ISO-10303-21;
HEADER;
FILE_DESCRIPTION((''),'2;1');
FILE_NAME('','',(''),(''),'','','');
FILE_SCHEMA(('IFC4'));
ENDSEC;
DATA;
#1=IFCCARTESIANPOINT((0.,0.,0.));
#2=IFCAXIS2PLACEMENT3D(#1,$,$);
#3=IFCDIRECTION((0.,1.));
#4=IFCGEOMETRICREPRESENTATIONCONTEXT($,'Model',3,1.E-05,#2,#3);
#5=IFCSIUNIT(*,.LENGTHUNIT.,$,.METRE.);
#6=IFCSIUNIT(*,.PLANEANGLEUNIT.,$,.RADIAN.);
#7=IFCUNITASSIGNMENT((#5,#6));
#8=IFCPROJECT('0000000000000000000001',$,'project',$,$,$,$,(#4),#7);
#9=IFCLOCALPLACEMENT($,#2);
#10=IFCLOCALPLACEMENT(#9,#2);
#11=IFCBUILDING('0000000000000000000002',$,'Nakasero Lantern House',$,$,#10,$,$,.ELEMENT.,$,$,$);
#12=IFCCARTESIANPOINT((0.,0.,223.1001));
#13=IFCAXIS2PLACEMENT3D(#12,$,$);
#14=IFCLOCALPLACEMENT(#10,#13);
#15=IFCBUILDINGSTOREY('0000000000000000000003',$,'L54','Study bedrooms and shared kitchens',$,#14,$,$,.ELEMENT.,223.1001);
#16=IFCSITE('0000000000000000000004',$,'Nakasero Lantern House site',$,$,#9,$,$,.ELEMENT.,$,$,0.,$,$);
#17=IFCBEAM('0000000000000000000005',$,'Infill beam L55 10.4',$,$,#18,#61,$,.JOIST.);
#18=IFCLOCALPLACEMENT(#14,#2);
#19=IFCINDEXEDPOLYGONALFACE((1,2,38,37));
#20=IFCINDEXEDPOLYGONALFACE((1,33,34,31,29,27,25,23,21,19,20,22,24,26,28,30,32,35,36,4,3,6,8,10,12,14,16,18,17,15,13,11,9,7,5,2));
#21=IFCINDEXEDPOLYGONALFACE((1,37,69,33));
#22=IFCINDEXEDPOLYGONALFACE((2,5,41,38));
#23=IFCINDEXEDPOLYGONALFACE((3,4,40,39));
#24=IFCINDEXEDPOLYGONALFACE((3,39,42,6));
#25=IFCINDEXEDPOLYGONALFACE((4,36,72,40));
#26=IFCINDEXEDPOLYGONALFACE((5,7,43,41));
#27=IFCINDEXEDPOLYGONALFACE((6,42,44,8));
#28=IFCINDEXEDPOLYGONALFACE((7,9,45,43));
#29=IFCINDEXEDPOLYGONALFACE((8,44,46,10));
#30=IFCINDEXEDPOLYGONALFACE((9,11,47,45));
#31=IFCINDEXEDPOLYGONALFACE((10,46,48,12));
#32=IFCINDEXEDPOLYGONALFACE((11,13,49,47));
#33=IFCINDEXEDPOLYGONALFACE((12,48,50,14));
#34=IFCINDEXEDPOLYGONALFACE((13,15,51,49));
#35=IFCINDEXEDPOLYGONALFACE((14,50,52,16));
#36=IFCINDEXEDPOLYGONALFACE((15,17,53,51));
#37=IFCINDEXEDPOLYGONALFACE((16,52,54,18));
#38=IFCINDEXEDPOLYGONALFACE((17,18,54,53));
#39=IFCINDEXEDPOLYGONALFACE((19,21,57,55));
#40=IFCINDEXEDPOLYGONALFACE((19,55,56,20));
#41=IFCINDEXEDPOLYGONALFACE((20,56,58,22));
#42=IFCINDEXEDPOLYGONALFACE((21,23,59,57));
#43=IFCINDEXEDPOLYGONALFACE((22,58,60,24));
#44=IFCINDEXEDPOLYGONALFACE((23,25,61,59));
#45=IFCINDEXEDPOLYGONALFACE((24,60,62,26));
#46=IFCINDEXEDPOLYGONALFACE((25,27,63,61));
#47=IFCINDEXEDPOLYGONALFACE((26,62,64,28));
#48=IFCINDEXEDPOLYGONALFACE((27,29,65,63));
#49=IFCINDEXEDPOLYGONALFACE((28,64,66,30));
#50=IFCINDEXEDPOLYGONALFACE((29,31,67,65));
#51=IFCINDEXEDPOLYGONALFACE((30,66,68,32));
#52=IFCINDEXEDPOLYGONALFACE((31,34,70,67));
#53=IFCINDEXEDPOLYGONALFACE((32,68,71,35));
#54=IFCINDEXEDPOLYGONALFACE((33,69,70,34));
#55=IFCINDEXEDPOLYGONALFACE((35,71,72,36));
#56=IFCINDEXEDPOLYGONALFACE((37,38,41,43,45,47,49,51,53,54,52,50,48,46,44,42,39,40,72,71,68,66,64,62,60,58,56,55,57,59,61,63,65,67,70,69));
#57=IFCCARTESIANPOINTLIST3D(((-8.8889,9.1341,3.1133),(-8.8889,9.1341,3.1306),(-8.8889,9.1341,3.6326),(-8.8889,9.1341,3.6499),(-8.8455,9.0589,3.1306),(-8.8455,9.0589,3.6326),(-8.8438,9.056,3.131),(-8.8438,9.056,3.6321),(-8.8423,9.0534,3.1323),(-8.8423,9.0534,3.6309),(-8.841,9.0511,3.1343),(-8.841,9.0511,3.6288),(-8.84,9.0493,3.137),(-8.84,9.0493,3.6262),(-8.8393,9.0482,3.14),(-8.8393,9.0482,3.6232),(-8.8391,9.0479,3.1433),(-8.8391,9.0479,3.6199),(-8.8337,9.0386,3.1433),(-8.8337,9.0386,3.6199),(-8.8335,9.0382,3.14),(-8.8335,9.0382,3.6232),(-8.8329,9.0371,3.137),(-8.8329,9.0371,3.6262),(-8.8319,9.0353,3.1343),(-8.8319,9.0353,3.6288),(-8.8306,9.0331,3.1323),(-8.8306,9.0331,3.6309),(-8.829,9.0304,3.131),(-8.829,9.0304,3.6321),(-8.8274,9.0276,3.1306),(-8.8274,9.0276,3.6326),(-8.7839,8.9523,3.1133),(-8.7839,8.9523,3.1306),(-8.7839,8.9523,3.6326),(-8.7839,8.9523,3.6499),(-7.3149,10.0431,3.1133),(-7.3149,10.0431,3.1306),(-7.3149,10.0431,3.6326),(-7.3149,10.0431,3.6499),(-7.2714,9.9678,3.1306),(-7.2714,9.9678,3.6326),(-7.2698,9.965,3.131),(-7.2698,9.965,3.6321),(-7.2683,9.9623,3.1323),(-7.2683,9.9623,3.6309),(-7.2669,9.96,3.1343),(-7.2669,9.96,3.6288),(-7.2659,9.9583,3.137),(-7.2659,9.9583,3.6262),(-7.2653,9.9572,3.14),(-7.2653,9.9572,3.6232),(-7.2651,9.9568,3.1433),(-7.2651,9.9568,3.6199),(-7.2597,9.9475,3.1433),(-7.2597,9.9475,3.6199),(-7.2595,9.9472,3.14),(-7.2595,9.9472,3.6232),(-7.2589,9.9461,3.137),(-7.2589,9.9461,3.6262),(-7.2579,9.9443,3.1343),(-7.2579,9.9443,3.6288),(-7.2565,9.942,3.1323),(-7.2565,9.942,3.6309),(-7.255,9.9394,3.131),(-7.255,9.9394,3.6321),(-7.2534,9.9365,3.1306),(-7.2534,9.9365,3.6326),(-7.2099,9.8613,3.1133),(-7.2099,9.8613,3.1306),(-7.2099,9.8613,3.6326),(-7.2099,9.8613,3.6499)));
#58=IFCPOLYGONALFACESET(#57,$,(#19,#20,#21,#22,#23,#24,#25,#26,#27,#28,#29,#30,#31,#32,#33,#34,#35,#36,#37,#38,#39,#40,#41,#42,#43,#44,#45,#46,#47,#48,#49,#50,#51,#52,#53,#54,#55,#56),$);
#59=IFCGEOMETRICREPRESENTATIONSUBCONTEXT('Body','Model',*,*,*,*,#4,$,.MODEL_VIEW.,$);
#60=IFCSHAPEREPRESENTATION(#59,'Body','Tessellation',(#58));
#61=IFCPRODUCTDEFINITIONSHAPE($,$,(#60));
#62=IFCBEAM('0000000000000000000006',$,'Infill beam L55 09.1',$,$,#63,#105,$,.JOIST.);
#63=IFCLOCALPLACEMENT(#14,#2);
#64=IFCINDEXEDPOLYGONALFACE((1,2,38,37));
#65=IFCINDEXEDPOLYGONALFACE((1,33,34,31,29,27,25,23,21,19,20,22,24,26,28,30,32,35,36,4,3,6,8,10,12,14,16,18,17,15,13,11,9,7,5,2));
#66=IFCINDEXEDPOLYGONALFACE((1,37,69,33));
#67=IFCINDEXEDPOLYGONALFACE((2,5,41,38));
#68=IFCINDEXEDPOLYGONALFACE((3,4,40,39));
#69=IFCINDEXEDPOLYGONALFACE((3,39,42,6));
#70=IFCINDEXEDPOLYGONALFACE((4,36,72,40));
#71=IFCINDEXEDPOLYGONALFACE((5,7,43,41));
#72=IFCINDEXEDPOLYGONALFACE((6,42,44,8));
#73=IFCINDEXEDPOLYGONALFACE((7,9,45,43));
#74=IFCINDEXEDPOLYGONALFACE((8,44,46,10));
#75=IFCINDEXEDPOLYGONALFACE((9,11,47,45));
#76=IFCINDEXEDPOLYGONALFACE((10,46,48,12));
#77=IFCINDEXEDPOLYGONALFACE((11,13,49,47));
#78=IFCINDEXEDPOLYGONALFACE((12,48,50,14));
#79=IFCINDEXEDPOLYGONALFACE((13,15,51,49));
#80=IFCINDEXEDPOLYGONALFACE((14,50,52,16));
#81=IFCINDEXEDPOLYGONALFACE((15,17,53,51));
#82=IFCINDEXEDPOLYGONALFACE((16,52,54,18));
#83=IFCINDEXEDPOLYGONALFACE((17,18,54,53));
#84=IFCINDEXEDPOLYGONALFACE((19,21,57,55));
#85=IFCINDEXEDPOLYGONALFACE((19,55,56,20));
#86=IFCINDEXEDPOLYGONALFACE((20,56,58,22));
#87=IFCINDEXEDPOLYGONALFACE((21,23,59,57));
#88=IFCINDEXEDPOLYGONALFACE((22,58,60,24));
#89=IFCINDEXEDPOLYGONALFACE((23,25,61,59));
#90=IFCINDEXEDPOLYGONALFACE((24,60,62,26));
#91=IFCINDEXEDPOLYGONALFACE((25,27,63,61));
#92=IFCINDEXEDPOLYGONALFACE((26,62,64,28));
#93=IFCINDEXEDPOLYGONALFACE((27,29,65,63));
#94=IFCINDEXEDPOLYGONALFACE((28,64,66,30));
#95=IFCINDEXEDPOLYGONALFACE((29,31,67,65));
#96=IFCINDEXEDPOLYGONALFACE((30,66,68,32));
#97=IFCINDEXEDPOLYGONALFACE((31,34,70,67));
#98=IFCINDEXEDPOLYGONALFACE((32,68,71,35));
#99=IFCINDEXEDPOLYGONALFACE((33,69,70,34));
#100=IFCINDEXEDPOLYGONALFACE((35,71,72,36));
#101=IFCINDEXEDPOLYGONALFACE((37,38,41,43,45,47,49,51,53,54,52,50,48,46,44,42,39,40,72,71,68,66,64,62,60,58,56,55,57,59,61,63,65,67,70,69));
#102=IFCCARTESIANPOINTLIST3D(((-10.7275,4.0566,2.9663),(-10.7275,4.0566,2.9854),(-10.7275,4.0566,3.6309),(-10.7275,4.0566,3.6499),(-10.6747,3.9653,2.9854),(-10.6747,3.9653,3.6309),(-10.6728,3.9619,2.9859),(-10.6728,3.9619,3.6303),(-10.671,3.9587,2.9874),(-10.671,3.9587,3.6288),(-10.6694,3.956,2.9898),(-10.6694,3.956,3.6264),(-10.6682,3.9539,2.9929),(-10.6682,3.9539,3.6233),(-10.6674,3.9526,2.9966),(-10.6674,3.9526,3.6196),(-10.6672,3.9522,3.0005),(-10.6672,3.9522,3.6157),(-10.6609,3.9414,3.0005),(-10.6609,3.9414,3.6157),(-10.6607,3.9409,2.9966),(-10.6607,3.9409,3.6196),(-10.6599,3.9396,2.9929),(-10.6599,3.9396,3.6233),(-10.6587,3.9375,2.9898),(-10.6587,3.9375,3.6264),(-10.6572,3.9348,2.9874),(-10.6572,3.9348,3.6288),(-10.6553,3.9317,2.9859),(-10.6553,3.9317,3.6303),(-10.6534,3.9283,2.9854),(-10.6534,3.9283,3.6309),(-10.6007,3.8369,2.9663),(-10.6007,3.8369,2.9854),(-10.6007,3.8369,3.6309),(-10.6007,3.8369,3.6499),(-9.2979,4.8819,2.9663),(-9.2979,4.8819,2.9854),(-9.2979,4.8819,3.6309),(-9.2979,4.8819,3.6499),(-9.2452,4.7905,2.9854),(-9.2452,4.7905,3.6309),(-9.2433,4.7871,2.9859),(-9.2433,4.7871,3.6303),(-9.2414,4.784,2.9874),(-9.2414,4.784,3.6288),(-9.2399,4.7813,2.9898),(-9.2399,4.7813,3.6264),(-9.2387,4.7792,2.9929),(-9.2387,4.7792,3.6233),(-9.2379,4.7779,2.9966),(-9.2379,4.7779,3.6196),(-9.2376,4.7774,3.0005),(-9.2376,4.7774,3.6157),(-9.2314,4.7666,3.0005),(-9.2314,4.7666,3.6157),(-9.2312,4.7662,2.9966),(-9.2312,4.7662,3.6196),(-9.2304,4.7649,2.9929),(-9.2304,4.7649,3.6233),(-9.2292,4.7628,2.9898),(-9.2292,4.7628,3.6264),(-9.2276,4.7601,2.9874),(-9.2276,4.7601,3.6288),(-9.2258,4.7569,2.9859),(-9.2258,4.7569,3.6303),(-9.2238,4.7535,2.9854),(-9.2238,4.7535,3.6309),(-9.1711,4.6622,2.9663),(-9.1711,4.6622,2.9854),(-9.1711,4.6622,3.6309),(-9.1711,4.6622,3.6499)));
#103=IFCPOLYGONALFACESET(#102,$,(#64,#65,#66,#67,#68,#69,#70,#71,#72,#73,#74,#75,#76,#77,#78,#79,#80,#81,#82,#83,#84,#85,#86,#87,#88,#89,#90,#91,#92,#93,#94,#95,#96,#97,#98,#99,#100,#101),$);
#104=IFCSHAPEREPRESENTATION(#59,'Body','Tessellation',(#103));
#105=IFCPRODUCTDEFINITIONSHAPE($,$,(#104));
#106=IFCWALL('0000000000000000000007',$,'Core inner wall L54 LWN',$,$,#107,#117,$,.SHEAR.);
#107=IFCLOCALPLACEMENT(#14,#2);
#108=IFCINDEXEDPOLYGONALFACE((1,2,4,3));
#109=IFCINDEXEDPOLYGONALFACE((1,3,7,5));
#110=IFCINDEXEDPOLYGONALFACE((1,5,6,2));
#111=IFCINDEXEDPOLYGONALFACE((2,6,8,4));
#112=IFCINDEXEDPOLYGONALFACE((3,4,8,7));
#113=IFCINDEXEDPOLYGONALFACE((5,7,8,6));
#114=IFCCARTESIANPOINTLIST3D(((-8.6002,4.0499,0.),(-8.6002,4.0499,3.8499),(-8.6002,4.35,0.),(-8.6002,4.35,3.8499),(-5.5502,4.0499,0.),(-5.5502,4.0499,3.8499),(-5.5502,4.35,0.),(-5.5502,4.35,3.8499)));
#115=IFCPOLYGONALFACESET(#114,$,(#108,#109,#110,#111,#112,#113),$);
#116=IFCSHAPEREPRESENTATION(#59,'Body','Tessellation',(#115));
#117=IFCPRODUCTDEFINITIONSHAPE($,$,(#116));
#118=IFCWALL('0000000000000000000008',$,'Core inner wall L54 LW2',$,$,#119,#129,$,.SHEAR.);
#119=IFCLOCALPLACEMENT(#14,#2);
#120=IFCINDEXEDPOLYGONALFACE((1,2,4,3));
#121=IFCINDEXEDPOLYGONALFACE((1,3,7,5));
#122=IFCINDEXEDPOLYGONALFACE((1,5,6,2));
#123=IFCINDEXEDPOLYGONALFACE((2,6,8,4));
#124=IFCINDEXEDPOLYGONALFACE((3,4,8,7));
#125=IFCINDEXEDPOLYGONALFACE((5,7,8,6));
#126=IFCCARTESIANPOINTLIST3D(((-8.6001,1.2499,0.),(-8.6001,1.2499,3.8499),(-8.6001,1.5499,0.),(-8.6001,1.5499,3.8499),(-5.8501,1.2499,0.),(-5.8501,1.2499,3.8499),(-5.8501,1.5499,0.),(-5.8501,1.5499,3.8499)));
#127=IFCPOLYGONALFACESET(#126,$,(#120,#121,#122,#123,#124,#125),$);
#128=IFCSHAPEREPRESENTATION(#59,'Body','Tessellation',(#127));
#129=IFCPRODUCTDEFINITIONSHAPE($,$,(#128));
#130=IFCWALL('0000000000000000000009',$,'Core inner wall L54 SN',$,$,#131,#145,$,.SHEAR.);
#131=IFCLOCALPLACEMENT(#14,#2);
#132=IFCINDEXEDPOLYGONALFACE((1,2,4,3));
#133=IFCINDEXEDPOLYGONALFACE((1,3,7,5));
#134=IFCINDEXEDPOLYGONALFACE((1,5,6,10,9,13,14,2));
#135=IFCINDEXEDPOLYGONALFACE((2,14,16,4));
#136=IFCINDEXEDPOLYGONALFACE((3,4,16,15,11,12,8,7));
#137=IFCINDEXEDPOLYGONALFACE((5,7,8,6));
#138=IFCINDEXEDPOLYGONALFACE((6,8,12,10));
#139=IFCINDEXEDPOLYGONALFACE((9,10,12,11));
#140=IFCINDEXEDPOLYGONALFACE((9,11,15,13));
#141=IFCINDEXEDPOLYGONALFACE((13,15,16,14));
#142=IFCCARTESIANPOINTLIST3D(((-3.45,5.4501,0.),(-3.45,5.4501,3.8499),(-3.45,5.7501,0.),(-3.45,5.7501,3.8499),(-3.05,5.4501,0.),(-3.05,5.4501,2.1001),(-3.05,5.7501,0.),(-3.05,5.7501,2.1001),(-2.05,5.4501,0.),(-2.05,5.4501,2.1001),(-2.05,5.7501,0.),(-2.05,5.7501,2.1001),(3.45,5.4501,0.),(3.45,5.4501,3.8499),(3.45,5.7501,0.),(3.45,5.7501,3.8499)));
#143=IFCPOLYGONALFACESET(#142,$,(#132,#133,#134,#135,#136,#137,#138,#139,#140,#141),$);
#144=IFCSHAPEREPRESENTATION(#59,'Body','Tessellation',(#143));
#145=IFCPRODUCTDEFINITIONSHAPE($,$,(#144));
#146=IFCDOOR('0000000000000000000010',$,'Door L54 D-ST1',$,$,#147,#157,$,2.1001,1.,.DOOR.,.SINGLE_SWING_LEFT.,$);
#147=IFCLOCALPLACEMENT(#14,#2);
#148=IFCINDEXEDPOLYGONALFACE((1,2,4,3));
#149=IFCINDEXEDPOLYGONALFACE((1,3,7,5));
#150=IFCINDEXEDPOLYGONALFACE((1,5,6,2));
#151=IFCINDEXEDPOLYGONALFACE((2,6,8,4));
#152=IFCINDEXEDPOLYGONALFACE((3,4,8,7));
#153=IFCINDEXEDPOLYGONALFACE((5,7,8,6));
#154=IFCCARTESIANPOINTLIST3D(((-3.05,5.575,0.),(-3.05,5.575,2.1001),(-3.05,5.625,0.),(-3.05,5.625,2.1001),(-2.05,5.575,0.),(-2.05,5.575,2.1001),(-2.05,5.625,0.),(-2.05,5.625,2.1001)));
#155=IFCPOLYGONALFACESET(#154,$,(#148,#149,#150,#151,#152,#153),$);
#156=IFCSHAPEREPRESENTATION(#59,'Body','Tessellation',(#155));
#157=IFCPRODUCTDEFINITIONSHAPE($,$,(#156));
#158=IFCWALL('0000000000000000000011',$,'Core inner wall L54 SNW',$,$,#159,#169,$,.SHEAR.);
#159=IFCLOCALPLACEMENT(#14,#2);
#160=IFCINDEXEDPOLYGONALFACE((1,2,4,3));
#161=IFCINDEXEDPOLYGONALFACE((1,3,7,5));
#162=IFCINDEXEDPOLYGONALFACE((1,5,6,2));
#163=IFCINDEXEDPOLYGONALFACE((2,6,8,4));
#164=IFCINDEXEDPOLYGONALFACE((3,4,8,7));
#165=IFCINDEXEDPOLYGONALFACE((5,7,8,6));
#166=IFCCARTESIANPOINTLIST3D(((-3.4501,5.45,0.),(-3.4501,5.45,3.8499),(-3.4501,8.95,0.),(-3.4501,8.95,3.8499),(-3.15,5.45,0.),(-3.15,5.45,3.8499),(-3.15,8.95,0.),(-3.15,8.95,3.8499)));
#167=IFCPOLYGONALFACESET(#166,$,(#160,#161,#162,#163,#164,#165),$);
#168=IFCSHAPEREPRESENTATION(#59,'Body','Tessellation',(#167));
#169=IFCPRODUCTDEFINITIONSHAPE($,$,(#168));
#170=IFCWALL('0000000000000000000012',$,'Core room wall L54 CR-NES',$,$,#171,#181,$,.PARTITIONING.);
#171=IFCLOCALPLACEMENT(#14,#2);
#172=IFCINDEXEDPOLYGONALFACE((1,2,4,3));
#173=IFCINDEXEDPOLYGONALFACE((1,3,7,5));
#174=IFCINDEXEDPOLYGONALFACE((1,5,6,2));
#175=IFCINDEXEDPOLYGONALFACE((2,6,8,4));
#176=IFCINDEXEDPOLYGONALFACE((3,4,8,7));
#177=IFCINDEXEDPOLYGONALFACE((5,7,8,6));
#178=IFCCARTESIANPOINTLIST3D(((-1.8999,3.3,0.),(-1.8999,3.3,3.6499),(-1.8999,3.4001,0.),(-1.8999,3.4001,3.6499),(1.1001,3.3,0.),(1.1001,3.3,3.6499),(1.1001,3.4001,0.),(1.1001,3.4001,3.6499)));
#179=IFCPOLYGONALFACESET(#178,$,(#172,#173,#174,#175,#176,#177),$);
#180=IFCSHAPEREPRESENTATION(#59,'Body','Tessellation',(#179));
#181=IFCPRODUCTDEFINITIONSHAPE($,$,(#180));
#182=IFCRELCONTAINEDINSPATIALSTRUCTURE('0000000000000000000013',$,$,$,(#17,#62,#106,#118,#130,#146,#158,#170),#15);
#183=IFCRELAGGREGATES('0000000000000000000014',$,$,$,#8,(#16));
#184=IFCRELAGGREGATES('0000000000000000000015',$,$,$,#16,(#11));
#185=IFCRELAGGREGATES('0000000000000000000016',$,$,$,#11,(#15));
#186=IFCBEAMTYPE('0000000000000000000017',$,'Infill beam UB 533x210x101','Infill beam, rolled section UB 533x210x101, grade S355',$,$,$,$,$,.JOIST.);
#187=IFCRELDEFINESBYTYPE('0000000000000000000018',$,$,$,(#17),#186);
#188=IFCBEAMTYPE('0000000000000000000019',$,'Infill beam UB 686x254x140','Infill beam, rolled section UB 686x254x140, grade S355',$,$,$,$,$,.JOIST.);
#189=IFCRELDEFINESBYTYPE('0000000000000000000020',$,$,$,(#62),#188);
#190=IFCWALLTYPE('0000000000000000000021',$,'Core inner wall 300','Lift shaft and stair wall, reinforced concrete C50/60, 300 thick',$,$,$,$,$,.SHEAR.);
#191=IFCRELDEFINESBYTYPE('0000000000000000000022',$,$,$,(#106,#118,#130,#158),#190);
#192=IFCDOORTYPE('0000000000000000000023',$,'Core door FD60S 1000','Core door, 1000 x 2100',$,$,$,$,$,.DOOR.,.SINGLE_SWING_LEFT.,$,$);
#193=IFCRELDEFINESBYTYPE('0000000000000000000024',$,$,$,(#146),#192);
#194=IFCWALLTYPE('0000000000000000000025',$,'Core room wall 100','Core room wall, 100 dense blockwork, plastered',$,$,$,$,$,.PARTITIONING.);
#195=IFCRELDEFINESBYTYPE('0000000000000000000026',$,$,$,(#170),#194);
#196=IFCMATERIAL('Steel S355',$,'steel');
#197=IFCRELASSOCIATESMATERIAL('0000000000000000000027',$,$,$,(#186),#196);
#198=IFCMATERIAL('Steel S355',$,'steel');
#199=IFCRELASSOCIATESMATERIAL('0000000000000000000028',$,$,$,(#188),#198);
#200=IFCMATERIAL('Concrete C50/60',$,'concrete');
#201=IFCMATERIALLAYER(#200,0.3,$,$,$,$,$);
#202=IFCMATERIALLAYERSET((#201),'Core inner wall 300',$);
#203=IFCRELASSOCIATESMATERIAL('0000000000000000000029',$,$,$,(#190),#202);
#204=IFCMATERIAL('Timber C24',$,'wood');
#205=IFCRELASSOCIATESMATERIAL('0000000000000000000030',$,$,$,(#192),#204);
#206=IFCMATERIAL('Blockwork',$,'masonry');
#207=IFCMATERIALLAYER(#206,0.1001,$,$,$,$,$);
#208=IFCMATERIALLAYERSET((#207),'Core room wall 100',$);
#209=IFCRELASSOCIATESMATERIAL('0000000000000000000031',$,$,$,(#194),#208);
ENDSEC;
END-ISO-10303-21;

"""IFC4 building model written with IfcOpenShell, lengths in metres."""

from ifc_helpers import new_model, si_unit, direction, frame, frame_2d, origin, origin_2d, place, context, subcontext, project, spatial, rectangle, i_section, extrude, material, layer, layer_set, material_profile, profile_set, type_object, element, fill, save


model = new_model("IFC4")

# Units and contexts
model_context = context("Model", 3, precision=1e-05, world=origin(), true_north=direction((0.0, 1.0)))
body_context = subcontext(model_context, "Body", "Model", "MODEL_VIEW")
ifc_project = project(units=[si_unit("LENGTHUNIT", "METRE"), si_unit("PLANEANGLEUNIT", "RADIAN")], contexts=[model_context])

# Site, building, storey
site_placement = place(None, origin())
site = spatial("IfcSite", under=ifc_project, at=site_placement, Name="Nakasero Lantern House site", CompositionType="ELEMENT", RefElevation=0.0)
building_placement = place(site_placement, origin())
building = spatial("IfcBuilding", under=site, at=building_placement, Name="Nakasero Lantern House", CompositionType="ELEMENT")
storey_placement = place(building_placement, frame((0.0, 0.0, 223.1001)))
storey = spatial("IfcBuildingStorey", under=building, at=storey_placement, Name="L54", Description="Study bedrooms and shared kitchens", CompositionType="ELEMENT", Elevation=223.1001)

# Beams
ifc_material_1 = material(Name="Steel S355", Category="steel")
ifc_material_profile_1 = material_profile(ifc_material_1, i_section(OverallWidth=0.21, OverallDepth=0.5366, WebThickness=0.0107, FlangeThickness=0.0173, FilletRadius=0.0127, at=origin_2d()), Name="UB 533x210x101")
ifc_profile_set_1 = profile_set([ifc_material_profile_1], Name="Steel S355")
beam_type_1 = type_object("IfcBeamType", Name="Infill beam UB 533x210x101", Description="Infill beam, rolled section UB 533x210x101, grade S355", PredefinedType="JOIST", material=ifc_profile_set_1)
beam_1_placement = place(storey_placement, frame((-8.8364, 9.0432, 3.3816), z_axis=(0.865978, 0.500083, 0.0), x_axis=(-0.500083, 0.865978, 0.0)))
element("IfcBeam", 1, at=beam_1_placement, inside=storey, type_object=beam_type_1, Name="Infill beam L55 10.4", PredefinedType="JOIST", context=body_context, shape_type="SweptSolid", body=[
    extrude(i_section(OverallWidth=0.21, OverallDepth=0.5366, WebThickness=0.0107, FlangeThickness=0.0173, FilletRadius=0.0127, at=origin_2d()), origin(), (0.0, 0.0, 1.0), 1.8176),
])
ifc_material_2 = material(Name="Steel S355", Category="steel")
ifc_material_profile_2 = material_profile(ifc_material_2, i_section(OverallWidth=0.2537, OverallDepth=0.6836, WebThickness=0.0125, FlangeThickness=0.019, FilletRadius=0.0151, at=origin_2d()), Name="UB 686x254x140")
ifc_profile_set_2 = profile_set([ifc_material_profile_2], Name="Steel S355")
beam_type_2 = type_object("IfcBeamType", Name="Infill beam UB 686x254x140", Description="Infill beam, rolled section UB 686x254x140, grade S355", PredefinedType="JOIST", material=ifc_profile_set_2)
beam_2_placement = place(storey_placement, frame((-10.6641, 3.9468, 3.3081), z_axis=(0.86605, 0.499957, 0.0), x_axis=(-0.499957, 0.86605, 0.0)))
element("IfcBeam", 2, at=beam_2_placement, inside=storey, type_object=beam_type_2, Name="Infill beam L55 09.1", PredefinedType="JOIST", context=body_context, shape_type="SweptSolid", body=[
    extrude(i_section(OverallWidth=0.2537, OverallDepth=0.6836, WebThickness=0.0125, FlangeThickness=0.019, FilletRadius=0.0151, at=origin_2d()), origin(), (0.0, 0.0, 1.0), 1.6506),
])

# Walls
ifc_material_3 = material(Name="Concrete C50/60", Category="concrete")
ifc_layer_1 = layer(ifc_material_3, 0.3)
ifc_layer_set_1 = layer_set([ifc_layer_1], Name="Core inner wall 300")
wall_type_1 = type_object("IfcWallType", Name="Core inner wall 300", Description="Lift shaft and stair wall, reinforced concrete C50/60, 300 thick", PredefinedType="SHEAR", material=ifc_layer_set_1)
wall_1_placement = place(storey_placement, frame((-8.6001, 4.2, 0.0), z_axis=(0.0, 0.0, 1.0), x_axis=(1.0, 0.0, 0.0)))
element("IfcWall", 3, at=wall_1_placement, inside=storey, type_object=wall_type_1, Name="Core inner wall L54 LWN", PredefinedType="SHEAR", context=body_context, shape_type="SweptSolid", body=[
    extrude(rectangle(XDim=3.05, YDim=0.3, at=frame_2d((1.5249, 0.0))), origin(), (0.0, 0.0, 1.0), 3.8499),
])
wall_2_placement = place(storey_placement, frame((-8.6001, 1.3999, 0.0), z_axis=(0.0, 0.0, 1.0), x_axis=(1.0, 0.0, 0.0)))
element("IfcWall", 4, at=wall_2_placement, inside=storey, type_object=wall_type_1, Name="Core inner wall L54 LW2", PredefinedType="SHEAR", context=body_context, shape_type="SweptSolid", body=[
    extrude(rectangle(XDim=2.75, YDim=0.3, at=frame_2d((1.375, 0.0))), origin(), (0.0, 0.0, 1.0), 3.8499),
])

# Wall, opening, door
wall_3_placement = place(storey_placement, frame((-3.45, 5.6001, 0.0), z_axis=(0.0, 0.0, 1.0), x_axis=(1.0, 0.0, 0.0)))
wall_3 = element("IfcWall", 5, at=wall_3_placement, inside=storey, type_object=wall_type_1, Name="Core inner wall L54 SN", PredefinedType="SHEAR", context=body_context, shape_type="SweptSolid", body=[
    extrude(rectangle(XDim=6.8999, YDim=0.3, at=frame_2d((3.45, 0.0))), origin(), (0.0, 0.0, 1.0), 3.8499),
])
opening_1_placement = place(wall_3_placement, frame((0.3999, 0.0, 0.0)))
opening_1 = element("IfcOpeningElement", 6, at=opening_1_placement, cuts=wall_3, PredefinedType="OPENING", context=body_context, shape_type="SweptSolid", body=[
    extrude(rectangle(XDim=1.0, YDim=2.1001, at=frame_2d((0.5, 1.05))), frame((0.0, 0.1699, 0.0), z_axis=(0.0, -1.0, 0.0), x_axis=(1.0, 0.0, 0.0)), (0.0, 0.0, 1.0), 0.3401),
])
ifc_material_4 = material(Name="Timber C24", Category="wood")
door_type_1 = type_object("IfcDoorType", Name="Core door FD60S 1000", Description="Core door, 1000 x 2100", OperationType="SINGLE_SWING_LEFT", PredefinedType="DOOR", material=ifc_material_4)
door_1_placement = place(opening_1_placement, origin())
door_1 = element("IfcDoor", 7, at=door_1_placement, inside=storey, type_object=door_type_1, Name="Door L54 D-ST1", OperationType="SINGLE_SWING_LEFT", OverallHeight=2.1001, OverallWidth=1.0, PredefinedType="DOOR", context=body_context, shape_type="SweptSolid", body=[
    extrude(rectangle(XDim=1.0, YDim=2.1001, at=frame_2d((0.5, 1.05))), frame((0.0, 0.0249, 0.0), z_axis=(0.0, -1.0, 0.0), x_axis=(1.0, 0.0, 0.0)), (0.0, 0.0, 1.0), 0.05),
])
fill(opening_1, door_1)

# Walls
wall_4_placement = place(storey_placement, frame((-3.3, 5.45, 0.0), z_axis=(0.0, 0.0, 1.0), x_axis=(0.0, 1.0, 0.0)))
element("IfcWall", 8, at=wall_4_placement, inside=storey, type_object=wall_type_1, Name="Core inner wall L54 SNW", PredefinedType="SHEAR", context=body_context, shape_type="SweptSolid", body=[
    extrude(rectangle(XDim=3.5, YDim=0.3, at=frame_2d((1.75, 0.0))), origin(), (0.0, 0.0, 1.0), 3.8499),
])
ifc_material_5 = material(Name="Blockwork", Category="masonry")
ifc_layer_2 = layer(ifc_material_5, 0.1001)
ifc_layer_set_2 = layer_set([ifc_layer_2], Name="Core room wall 100")
wall_type_2 = type_object("IfcWallType", Name="Core room wall 100", Description="Core room wall, 100 dense blockwork, plastered", PredefinedType="PARTITIONING", material=ifc_layer_set_2)
wall_5_placement = place(storey_placement, frame((-1.8999, 3.3501, 0.0), z_axis=(0.0, 0.0, 1.0), x_axis=(1.0, 0.0, 0.0)))
element("IfcWall", 9, at=wall_5_placement, inside=storey, type_object=wall_type_2, Name="Core room wall L54 CR-NES", PredefinedType="PARTITIONING", context=body_context, shape_type="SweptSolid", body=[
    extrude(rectangle(XDim=3.0, YDim=0.1001, at=frame_2d((1.5, 0.0))), origin(), (0.0, 0.0, 1.0), 3.6499),
])

save(model, "model.ifc")
